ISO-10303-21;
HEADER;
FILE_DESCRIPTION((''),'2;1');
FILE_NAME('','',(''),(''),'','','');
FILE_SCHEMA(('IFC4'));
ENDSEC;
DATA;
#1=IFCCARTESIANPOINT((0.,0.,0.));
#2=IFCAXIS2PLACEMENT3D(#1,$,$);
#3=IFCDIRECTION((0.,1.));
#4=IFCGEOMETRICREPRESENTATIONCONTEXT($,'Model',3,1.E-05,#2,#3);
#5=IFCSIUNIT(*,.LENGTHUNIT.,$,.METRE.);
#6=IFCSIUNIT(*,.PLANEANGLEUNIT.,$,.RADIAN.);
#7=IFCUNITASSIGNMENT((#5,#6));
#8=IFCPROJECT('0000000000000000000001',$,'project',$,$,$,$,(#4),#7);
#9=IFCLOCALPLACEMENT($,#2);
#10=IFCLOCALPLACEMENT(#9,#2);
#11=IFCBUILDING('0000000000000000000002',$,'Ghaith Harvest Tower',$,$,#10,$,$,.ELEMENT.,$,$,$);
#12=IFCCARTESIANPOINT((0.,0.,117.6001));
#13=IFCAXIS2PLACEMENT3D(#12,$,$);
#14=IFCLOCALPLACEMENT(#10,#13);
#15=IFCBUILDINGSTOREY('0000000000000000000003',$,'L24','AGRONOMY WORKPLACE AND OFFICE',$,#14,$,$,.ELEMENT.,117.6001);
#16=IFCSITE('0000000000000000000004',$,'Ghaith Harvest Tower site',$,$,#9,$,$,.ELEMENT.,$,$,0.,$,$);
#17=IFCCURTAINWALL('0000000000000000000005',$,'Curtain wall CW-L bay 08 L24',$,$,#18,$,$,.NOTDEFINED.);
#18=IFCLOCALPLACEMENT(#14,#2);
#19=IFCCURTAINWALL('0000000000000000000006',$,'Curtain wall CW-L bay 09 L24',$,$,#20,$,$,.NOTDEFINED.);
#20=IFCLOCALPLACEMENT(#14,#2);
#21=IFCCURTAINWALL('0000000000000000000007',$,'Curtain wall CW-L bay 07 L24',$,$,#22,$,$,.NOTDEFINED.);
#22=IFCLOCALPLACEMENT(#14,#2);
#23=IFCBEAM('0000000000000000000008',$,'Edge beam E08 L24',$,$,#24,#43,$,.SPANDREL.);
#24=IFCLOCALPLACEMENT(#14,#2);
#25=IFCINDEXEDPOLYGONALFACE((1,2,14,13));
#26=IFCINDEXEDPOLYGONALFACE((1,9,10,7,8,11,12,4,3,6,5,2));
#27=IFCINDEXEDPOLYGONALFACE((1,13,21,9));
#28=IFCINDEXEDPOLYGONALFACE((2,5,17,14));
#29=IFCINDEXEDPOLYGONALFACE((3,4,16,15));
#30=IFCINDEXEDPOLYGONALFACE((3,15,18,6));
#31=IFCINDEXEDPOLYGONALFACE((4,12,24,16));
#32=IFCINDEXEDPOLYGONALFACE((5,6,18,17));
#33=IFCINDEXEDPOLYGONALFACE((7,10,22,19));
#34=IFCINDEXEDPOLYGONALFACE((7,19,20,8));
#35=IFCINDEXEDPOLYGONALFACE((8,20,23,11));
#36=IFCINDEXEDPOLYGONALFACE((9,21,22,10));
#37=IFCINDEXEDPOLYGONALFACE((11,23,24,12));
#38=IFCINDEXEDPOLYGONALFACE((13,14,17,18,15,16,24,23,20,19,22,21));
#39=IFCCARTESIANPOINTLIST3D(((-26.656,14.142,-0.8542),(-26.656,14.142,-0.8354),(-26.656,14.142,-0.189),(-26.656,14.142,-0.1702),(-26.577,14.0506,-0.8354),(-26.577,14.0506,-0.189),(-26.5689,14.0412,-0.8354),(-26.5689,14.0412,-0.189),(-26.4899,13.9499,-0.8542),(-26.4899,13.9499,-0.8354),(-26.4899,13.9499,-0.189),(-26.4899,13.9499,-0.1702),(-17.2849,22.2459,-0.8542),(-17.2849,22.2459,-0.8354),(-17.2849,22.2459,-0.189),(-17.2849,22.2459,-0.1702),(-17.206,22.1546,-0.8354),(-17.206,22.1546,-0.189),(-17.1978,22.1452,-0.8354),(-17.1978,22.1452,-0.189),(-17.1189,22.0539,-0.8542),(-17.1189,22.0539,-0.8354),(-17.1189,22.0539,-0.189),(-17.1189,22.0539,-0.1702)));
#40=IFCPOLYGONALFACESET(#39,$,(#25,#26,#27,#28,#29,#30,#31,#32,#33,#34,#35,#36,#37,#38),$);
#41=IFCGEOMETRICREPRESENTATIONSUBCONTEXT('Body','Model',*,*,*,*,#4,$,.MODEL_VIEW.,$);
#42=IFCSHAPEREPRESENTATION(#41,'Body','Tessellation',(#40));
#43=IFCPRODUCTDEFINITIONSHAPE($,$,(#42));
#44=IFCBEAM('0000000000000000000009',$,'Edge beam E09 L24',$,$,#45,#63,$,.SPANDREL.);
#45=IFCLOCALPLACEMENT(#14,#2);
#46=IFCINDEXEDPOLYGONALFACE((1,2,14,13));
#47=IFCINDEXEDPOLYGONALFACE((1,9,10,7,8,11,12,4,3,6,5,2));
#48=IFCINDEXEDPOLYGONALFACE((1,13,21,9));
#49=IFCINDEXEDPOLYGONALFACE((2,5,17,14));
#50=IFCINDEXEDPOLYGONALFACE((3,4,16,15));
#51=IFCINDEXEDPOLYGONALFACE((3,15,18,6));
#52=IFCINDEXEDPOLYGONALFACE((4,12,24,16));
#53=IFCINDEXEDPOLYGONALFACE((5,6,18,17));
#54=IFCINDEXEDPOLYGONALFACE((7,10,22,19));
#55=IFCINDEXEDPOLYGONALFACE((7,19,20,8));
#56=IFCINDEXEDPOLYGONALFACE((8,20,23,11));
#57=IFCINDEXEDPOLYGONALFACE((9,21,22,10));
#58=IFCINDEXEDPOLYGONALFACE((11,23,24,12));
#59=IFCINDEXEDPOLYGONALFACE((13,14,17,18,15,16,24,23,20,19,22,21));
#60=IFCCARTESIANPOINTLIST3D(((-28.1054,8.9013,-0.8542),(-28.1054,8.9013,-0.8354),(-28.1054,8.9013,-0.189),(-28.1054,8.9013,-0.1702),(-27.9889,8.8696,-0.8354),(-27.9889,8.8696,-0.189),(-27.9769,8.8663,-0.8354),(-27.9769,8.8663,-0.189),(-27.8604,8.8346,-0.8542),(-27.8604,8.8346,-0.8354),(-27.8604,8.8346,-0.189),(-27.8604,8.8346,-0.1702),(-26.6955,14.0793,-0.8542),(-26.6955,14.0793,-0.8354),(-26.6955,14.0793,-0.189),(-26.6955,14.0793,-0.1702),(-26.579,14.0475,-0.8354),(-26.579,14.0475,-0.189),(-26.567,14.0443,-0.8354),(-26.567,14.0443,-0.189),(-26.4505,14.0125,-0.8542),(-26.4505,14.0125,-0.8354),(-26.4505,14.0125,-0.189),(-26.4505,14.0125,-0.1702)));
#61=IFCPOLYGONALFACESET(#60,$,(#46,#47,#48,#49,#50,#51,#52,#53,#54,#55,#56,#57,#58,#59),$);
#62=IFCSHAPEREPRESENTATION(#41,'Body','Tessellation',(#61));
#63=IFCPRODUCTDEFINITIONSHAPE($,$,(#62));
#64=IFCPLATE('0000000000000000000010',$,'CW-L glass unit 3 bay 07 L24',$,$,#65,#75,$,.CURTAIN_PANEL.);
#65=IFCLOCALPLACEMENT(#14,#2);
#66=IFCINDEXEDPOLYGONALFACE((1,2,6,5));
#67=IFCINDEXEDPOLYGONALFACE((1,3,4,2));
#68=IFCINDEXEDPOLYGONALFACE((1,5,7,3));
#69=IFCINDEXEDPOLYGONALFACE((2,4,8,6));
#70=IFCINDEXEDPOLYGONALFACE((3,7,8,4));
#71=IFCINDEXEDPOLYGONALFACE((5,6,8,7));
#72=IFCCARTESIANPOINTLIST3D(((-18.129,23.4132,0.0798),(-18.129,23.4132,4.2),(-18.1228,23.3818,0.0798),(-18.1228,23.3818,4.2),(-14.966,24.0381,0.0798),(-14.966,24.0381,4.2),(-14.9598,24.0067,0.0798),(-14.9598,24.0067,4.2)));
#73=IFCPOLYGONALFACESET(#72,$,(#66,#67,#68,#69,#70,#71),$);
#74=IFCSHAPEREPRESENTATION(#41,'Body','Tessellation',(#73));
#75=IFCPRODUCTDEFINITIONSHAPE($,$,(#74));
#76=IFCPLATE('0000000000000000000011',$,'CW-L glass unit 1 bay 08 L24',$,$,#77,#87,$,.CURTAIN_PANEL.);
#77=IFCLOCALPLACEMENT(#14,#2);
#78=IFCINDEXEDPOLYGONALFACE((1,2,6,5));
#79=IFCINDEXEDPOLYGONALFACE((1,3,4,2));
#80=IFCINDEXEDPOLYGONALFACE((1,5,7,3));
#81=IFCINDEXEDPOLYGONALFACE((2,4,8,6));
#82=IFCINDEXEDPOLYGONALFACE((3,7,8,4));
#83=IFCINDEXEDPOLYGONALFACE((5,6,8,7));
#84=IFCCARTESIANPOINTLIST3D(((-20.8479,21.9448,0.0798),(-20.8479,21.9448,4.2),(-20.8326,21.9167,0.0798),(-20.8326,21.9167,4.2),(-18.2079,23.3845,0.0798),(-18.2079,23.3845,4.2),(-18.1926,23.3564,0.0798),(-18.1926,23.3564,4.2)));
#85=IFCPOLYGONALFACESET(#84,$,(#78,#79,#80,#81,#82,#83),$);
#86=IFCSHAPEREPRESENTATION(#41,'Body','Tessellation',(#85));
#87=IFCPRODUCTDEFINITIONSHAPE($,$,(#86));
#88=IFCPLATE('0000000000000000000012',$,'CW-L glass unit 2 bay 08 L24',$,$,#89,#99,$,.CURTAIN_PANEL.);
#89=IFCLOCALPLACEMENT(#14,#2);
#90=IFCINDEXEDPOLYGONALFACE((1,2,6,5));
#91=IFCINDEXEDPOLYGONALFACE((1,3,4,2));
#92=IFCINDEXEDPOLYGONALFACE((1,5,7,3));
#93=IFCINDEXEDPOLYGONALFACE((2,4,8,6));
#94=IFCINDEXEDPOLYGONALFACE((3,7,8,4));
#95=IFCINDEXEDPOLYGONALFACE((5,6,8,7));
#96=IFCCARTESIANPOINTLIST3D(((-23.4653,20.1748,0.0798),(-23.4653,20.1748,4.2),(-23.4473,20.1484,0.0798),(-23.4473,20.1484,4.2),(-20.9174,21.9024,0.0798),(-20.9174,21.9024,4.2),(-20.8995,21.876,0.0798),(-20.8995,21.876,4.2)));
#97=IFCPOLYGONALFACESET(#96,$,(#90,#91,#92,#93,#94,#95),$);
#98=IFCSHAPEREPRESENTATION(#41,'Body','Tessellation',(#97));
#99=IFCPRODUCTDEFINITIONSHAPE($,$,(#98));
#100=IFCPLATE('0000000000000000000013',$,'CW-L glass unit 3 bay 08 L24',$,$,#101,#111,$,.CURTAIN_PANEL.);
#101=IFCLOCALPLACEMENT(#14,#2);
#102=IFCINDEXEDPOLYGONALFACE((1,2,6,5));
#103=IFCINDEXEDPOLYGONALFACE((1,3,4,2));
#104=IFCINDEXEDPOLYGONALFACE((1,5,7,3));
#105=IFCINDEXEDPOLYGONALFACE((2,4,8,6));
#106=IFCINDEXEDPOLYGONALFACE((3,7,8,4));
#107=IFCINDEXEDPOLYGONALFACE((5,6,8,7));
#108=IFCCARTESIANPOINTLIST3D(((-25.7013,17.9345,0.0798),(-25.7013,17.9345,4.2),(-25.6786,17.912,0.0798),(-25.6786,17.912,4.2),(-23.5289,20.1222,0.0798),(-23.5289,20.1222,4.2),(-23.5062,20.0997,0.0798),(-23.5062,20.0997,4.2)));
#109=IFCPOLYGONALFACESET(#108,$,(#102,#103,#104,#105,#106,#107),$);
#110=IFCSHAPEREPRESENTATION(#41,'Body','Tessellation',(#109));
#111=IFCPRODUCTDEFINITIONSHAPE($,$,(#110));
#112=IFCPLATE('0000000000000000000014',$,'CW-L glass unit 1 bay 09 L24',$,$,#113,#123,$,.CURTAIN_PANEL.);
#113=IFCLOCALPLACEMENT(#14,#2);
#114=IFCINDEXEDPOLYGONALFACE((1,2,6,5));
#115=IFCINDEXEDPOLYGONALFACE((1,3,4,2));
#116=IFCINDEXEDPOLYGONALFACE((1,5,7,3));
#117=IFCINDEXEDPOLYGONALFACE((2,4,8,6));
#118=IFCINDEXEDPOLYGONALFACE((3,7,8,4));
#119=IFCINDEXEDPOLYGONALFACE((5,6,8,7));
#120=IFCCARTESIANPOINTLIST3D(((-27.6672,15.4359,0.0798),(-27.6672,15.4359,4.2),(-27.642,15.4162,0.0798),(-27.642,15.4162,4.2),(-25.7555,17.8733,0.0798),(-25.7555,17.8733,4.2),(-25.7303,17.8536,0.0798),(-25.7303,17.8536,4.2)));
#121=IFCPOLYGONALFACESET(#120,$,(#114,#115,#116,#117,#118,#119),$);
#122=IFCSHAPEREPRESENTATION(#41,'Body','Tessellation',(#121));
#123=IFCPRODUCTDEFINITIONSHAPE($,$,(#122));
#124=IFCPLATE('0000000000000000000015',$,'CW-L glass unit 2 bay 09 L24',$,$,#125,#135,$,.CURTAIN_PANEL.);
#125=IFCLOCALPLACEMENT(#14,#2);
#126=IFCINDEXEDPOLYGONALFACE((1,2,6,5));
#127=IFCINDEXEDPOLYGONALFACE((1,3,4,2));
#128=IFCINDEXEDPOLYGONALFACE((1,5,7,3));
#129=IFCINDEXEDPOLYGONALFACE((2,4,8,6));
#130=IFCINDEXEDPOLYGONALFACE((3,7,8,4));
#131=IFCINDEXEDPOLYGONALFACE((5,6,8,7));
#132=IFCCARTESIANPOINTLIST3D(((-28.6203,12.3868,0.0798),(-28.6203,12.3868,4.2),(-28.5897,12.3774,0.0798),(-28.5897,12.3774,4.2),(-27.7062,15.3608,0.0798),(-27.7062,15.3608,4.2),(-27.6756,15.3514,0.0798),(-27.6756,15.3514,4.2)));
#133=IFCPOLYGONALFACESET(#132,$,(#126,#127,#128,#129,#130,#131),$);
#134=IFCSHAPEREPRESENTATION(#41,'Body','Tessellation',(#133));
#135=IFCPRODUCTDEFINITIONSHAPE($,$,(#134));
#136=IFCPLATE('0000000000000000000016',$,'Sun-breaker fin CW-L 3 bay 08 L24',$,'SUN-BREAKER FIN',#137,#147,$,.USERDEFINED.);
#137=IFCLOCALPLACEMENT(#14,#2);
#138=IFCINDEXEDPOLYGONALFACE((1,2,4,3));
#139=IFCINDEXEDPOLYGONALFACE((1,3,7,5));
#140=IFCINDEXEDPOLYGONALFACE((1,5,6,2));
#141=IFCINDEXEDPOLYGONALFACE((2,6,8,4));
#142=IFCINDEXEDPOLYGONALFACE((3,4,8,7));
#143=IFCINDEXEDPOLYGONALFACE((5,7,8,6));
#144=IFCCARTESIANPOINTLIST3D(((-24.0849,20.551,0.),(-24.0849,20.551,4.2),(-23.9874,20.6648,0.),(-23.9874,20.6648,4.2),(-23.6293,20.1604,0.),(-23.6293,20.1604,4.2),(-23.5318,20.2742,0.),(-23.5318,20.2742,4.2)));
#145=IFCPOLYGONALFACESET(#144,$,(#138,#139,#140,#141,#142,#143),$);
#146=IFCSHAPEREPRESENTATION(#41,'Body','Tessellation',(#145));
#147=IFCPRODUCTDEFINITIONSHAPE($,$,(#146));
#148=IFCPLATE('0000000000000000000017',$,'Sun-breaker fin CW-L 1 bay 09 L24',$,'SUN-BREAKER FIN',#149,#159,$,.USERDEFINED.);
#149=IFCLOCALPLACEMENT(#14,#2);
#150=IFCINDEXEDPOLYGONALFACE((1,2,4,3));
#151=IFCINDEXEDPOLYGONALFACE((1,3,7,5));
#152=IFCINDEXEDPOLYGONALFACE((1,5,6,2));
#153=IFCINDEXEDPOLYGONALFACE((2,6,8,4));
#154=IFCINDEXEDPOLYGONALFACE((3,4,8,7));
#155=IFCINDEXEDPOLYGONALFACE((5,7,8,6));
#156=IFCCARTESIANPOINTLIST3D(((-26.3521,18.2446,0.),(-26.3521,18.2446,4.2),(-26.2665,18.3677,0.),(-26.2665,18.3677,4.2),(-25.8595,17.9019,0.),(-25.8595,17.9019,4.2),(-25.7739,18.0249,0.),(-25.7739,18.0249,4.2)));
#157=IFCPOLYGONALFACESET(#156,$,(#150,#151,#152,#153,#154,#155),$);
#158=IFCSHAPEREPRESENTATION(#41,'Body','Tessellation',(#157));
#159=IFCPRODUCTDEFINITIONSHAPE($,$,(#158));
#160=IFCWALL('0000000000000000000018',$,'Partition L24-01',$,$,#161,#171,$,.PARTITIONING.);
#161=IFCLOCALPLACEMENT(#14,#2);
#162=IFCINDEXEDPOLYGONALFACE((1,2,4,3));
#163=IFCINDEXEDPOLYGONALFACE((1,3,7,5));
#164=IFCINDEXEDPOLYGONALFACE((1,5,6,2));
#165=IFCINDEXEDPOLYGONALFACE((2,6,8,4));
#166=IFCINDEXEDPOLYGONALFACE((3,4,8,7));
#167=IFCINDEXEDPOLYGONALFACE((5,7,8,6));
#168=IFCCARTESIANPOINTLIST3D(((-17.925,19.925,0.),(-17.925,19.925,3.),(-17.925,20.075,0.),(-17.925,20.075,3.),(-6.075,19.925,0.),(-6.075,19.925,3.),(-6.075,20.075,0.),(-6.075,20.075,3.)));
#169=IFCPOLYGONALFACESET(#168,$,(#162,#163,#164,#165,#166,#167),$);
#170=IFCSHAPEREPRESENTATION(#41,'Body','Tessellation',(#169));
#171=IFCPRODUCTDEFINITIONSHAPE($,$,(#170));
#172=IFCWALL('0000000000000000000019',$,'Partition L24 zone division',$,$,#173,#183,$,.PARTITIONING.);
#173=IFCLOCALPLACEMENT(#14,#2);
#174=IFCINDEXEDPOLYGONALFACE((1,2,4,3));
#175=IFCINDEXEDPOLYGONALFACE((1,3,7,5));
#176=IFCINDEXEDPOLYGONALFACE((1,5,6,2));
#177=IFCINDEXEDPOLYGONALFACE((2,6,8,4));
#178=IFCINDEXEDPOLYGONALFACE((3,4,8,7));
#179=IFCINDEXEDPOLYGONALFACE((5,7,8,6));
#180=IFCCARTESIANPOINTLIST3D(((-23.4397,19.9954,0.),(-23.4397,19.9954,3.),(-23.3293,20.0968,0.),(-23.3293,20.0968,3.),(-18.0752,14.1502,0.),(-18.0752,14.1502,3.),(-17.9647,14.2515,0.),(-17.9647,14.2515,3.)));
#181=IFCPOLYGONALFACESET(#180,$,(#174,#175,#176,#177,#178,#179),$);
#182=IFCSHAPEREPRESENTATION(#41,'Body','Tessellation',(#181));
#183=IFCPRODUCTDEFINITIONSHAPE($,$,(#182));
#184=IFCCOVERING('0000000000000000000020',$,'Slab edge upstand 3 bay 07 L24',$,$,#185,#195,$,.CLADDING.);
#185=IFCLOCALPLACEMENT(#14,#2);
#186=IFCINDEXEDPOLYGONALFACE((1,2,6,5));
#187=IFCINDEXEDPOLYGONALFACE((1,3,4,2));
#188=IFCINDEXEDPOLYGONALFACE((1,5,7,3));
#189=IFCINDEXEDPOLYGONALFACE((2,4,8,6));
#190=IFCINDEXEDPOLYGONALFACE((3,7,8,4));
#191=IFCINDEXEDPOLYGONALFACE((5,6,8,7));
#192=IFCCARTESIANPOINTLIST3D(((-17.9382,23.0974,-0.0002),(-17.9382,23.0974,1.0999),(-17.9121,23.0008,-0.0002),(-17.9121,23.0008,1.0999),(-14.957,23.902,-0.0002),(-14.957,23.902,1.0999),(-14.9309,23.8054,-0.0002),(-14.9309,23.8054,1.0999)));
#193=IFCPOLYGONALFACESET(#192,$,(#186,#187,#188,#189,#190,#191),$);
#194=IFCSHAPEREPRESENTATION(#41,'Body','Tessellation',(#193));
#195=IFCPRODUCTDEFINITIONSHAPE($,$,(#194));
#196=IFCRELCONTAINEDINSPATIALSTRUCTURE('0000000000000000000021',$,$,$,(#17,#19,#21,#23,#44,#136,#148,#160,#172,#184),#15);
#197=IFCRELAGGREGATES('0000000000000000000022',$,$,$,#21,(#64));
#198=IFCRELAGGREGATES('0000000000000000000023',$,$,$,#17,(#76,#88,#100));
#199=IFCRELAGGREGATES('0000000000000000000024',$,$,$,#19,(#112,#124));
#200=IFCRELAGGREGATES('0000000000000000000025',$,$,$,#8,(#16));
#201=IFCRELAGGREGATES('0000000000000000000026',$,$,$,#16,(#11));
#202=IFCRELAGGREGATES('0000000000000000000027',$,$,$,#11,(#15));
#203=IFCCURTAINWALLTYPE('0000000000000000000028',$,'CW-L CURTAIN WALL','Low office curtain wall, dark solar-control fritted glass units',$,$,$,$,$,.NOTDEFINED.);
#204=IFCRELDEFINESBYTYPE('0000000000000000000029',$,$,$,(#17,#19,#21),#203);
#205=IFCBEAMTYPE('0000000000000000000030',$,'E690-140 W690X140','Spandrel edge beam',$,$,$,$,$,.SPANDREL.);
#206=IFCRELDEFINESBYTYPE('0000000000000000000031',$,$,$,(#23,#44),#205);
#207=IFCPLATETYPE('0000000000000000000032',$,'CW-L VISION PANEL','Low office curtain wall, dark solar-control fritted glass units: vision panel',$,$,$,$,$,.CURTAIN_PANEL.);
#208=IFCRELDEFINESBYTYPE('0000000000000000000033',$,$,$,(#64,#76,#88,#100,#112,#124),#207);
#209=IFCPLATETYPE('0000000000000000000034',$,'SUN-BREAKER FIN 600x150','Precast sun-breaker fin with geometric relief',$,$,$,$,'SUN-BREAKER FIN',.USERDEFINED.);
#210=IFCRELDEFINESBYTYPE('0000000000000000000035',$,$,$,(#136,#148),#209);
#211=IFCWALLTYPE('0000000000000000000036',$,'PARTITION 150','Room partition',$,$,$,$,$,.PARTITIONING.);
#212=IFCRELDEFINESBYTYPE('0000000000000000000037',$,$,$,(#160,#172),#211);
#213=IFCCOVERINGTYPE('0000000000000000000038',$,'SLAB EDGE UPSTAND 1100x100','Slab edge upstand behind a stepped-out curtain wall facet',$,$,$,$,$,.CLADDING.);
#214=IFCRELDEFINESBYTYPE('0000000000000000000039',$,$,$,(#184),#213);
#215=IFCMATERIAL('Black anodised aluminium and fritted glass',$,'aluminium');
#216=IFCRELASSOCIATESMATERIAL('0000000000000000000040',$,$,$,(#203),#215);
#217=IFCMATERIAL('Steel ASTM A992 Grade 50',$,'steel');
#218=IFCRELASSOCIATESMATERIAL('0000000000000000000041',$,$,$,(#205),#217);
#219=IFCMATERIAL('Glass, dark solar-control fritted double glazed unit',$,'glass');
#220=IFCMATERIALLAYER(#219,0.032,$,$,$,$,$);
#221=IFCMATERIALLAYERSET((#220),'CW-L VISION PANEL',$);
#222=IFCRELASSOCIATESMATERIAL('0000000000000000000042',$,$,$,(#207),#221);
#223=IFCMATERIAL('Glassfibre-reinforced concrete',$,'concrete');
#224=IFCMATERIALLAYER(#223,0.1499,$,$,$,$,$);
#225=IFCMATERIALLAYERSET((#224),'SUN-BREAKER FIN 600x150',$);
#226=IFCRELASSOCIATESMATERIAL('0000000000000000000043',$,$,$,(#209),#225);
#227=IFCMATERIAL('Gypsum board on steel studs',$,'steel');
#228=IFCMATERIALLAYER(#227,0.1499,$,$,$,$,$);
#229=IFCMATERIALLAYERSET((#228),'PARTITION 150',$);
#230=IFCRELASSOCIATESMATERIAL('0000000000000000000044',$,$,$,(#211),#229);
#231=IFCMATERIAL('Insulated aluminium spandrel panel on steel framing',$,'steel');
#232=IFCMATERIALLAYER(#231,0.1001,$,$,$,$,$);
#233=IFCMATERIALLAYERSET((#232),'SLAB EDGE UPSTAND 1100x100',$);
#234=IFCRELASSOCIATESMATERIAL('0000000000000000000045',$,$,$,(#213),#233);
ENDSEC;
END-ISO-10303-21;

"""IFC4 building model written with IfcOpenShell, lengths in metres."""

from ifc_helpers import new_model, si_unit, direction, frame, frame_2d, origin, origin_2d, place, context, subcontext, project, spatial, rectangle, i_section, extrude, material, layer, layer_set, material_profile, profile_set, type_object, element, aggregate, save


model = new_model("IFC4")

# Units and contexts
model_context = context("Model", 3, precision=1e-05, world=origin(), true_north=direction((0.0, 1.0)))
body_context = subcontext(model_context, "Body", "Model", "MODEL_VIEW")
ifc_project = project(units=[si_unit("LENGTHUNIT", "METRE"), si_unit("PLANEANGLEUNIT", "RADIAN")], contexts=[model_context])

# Site, building, storey
site_placement = place(None, origin())
site = spatial("IfcSite", under=ifc_project, at=site_placement, Name="Ghaith Harvest Tower site", CompositionType="ELEMENT", RefElevation=0.0)
building_placement = place(site_placement, origin())
building = spatial("IfcBuilding", under=site, at=building_placement, Name="Ghaith Harvest Tower", CompositionType="ELEMENT")
storey_placement = place(building_placement, frame((0.0, 0.0, 117.6001)))
storey = spatial("IfcBuildingStorey", under=building, at=storey_placement, Name="L24", Description="AGRONOMY WORKPLACE AND OFFICE", CompositionType="ELEMENT", Elevation=117.6001)

# Curtain walls
ifc_material_1 = material(Name="Black anodised aluminium and fritted glass", Category="aluminium")
curtain_wall_type = type_object("IfcCurtainWallType", Name="CW-L CURTAIN WALL", Description="Low office curtain wall, dark solar-control fritted glass units", PredefinedType="NOTDEFINED", material=ifc_material_1)
curtain_wall_1_placement = place(storey_placement, origin())
curtain_wall_1 = element("IfcCurtainWall", 1, at=curtain_wall_1_placement, inside=storey, type_object=curtain_wall_type, Name="Curtain wall CW-L bay 08 L24", PredefinedType="NOTDEFINED")
curtain_wall_2_placement = place(storey_placement, origin())
curtain_wall_2 = element("IfcCurtainWall", 2, at=curtain_wall_2_placement, inside=storey, type_object=curtain_wall_type, Name="Curtain wall CW-L bay 09 L24", PredefinedType="NOTDEFINED")

# Curtain wall
curtain_wall_3_placement = place(storey_placement, origin())
curtain_wall_3 = element("IfcCurtainWall", 3, at=curtain_wall_3_placement, inside=storey, type_object=curtain_wall_type, Name="Curtain wall CW-L bay 07 L24", PredefinedType="NOTDEFINED")

# Beams
ifc_material_2 = material(Name="Steel ASTM A992 Grade 50", Category="steel")
ifc_material_profile_1 = material_profile(ifc_material_2, i_section(OverallWidth=0.2539, OverallDepth=0.6841, WebThickness=0.0125, FlangeThickness=0.0188, at=origin_2d()), Name="W690X140")
ifc_profile_set_1 = profile_set([ifc_material_profile_1], Name="Steel ASTM A992 Grade 50")
beam_type = type_object("IfcBeamType", Name="E690-140 W690X140", Description="Spandrel edge beam", PredefinedType="SPANDREL", material=ifc_profile_set_1)
beam_1_placement = place(storey_placement, frame((-17.2019, 22.1499, -0.5122), z_axis=(-0.756392, -0.654118, 0.0), x_axis=(0.654118, -0.756392, 0.0)))
element("IfcBeam", 4, at=beam_1_placement, inside=storey, type_object=beam_type, Name="Edge beam E08 L24", PredefinedType="SPANDREL", context=body_context, shape_type="SweptSolid", body=[
    extrude(i_section(OverallWidth=0.2539, OverallDepth=0.6841, WebThickness=0.0125, FlangeThickness=0.0188, at=origin_2d()), origin(), (0.0, 0.0, 1.0), 12.3892),
])
beam_2_placement = place(storey_placement, frame((-26.573, 14.0459, -0.5122), z_axis=(-0.262725, -0.964871, 0.0), x_axis=(0.964871, -0.262725, 0.0)))
element("IfcBeam", 5, at=beam_2_placement, inside=storey, type_object=beam_type, Name="Edge beam E09 L24", PredefinedType="SPANDREL", context=body_context, shape_type="SweptSolid", body=[
    extrude(i_section(OverallWidth=0.2539, OverallDepth=0.6841, WebThickness=0.0125, FlangeThickness=0.0188, at=origin_2d()), origin(), (0.0, 0.0, 1.0), 5.3665),
])

# Plates
ifc_material_3 = material(Name="Glass, dark solar-control fritted double glazed unit", Category="glass")
ifc_layer_1 = layer(ifc_material_3, 0.032)
ifc_layer_set_1 = layer_set([ifc_layer_1], Name="CW-L VISION PANEL")
plate_type_1 = type_object("IfcPlateType", Name="CW-L VISION PANEL", Description="Low office curtain wall, dark solar-control fritted glass units: vision panel", PredefinedType="CURTAIN_PANEL", material=ifc_layer_set_1)
plate_1_placement = place(storey_placement, frame((-16.5444, 23.71, 0.0798), z_axis=(0.0, 0.0, 1.0), x_axis=(-0.981038, -0.193818, 0.0)))
plate_1 = element("IfcPlate", 6, at=plate_1_placement, type_object=plate_type_1, Name="CW-L glass unit 3 bay 07 L24", PredefinedType="CURTAIN_PANEL", context=body_context, shape_type="SweptSolid", body=[
    extrude(rectangle(XDim=3.2241, YDim=0.032, at=origin_2d()), origin(), (0.0, 0.0, 1.0), 4.1201),
])
aggregate(curtain_wall_3, [plate_1])
plate_2_placement = place(storey_placement, frame((-19.5203, 22.6506, 0.0798), z_axis=(0.0, 0.0, 1.0), x_axis=(-0.87794, -0.47877, 0.0)))
plate_2 = element("IfcPlate", 7, at=plate_2_placement, type_object=plate_type_1, Name="CW-L glass unit 1 bay 08 L24", PredefinedType="CURTAIN_PANEL", context=body_context, shape_type="SweptSolid", body=[
    extrude(rectangle(XDim=3.0071, YDim=0.032, at=origin_2d()), origin(), (0.0, 0.0, 1.0), 4.1201),
])
plate_3_placement = place(storey_placement, frame((-22.1824, 21.0254, 0.0798), z_axis=(0.0, 0.0, 1.0), x_axis=(-0.827675, -0.561208, 0.0)))
plate_3 = element("IfcPlate", 8, at=plate_3_placement, type_object=plate_type_1, Name="CW-L glass unit 2 bay 08 L24", PredefinedType="CURTAIN_PANEL", context=body_context, shape_type="SweptSolid", body=[
    extrude(rectangle(XDim=3.0784, YDim=0.032, at=origin_2d()), origin(), (0.0, 0.0, 1.0), 4.1201),
])
plate_4_placement = place(storey_placement, frame((-24.6038, 19.0171, 0.0798), z_axis=(0.0, 0.0, 1.0), x_axis=(-0.704614, -0.709591, 0.0)))
plate_4 = element("IfcPlate", 9, at=plate_4_placement, type_object=plate_type_1, Name="CW-L glass unit 3 bay 08 L24", PredefinedType="CURTAIN_PANEL", context=body_context, shape_type="SweptSolid", body=[
    extrude(rectangle(XDim=3.083, YDim=0.032, at=origin_2d()), origin(), (0.0, 0.0, 1.0), 4.1201),
])
aggregate(curtain_wall_1, [plate_2, plate_3, plate_4])
plate_5_placement = place(storey_placement, frame((-26.6987, 16.6448, 0.0798), z_axis=(0.0, 0.0, 1.0), x_axis=(-0.617141, -0.786853, 0.0)))
plate_5 = element("IfcPlate", 10, at=plate_5_placement, type_object=plate_type_1, Name="CW-L glass unit 1 bay 09 L24", PredefinedType="CURTAIN_PANEL", context=body_context, shape_type="SweptSolid", body=[
    extrude(rectangle(XDim=3.0977, YDim=0.032, at=origin_2d()), origin(), (0.0, 0.0, 1.0), 4.1201),
])
plate_6_placement = place(storey_placement, frame((-28.1479, 13.8691, 0.0798), z_axis=(0.0, 0.0, 1.0), x_axis=(-0.293803, -0.955866, 0.0)))
plate_6 = element("IfcPlate", 11, at=plate_6_placement, type_object=plate_type_1, Name="CW-L glass unit 2 bay 09 L24", PredefinedType="CURTAIN_PANEL", context=body_context, shape_type="SweptSolid", body=[
    extrude(rectangle(XDim=3.1113, YDim=0.032, at=origin_2d()), origin(), (0.0, 0.0, 1.0), 4.1201),
])
aggregate(curtain_wall_2, [plate_5, plate_6])

# Plates
ifc_material_4 = material(Name="Glassfibre-reinforced concrete", Category="concrete")
ifc_layer_2 = layer(ifc_material_4, 0.1499)
ifc_layer_set_2 = layer_set([ifc_layer_2], Name="SUN-BREAKER FIN 600x150")
plate_type_2 = type_object("IfcPlateType", Name="SUN-BREAKER FIN 600x150", Description="Precast sun-breaker fin with geometric relief", ElementType="SUN-BREAKER FIN", PredefinedType="USERDEFINED", material=ifc_layer_set_2)
for number, where, z_axis, x_axis, name in (
    (12, (-23.8083, 20.4126, 0.0), (0.0, 0.0, 1.0), (-0.75917, 0.650893, 0.0), "Sun-breaker fin CW-L 3 bay 08 L24"),
    (13, (-26.063, 18.1348, 0.0), (0.0, 0.0, 1.0), (-0.820845, 0.57115, 0.0), "Sun-breaker fin CW-L 1 bay 09 L24"),
):
    element("IfcPlate", number, at=place(storey_placement, frame(where, z_axis=z_axis, x_axis=x_axis)), inside=storey, type_object=plate_type_2, Name=name, ObjectType="SUN-BREAKER FIN", PredefinedType="USERDEFINED", context=body_context, shape_type="SweptSolid", body=[
        extrude(rectangle(XDim=0.6001, YDim=0.1499, at=origin_2d()), origin(), (0.0, 0.0, 1.0), 4.2),
    ])

# Walls
ifc_material_5 = material(Name="Gypsum board on steel studs", Category="steel")
ifc_layer_3 = layer(ifc_material_5, 0.1499)
ifc_layer_set_3 = layer_set([ifc_layer_3], Name="PARTITION 150")
wall_type = type_object("IfcWallType", Name="PARTITION 150", Description="Room partition", PredefinedType="PARTITIONING", material=ifc_layer_set_3)
wall_1_placement = place(storey_placement, frame((-17.925, 20.0, 0.0), z_axis=(0.0, 0.0, 1.0), x_axis=(1.0, 0.0, 0.0)))
element("IfcWall", 14, at=wall_1_placement, inside=storey, type_object=wall_type, Name="Partition L24-01", PredefinedType="PARTITIONING", context=body_context, shape_type="SweptSolid", body=[
    extrude(rectangle(XDim=11.8501, YDim=0.1499, at=frame_2d((5.925, 0.0))), origin(), (0.0, 0.0, 1.0), 3.0),
])
wall_2_placement = place(storey_placement, frame((-18.02, 14.2009, 0.0), z_axis=(0.0, 0.0, 1.0), x_axis=(-0.676162, 0.736753, 0.0)))
element("IfcWall", 15, at=wall_2_placement, inside=storey, type_object=wall_type, Name="Partition L24 zone division", PredefinedType="PARTITIONING", context=body_context, shape_type="SweptSolid", body=[
    extrude(rectangle(XDim=7.9338, YDim=0.1499, at=frame_2d((3.9668, 0.0))), origin(), (0.0, 0.0, 1.0), 3.0),
])

# Covering
ifc_material_6 = material(Name="Insulated aluminium spandrel panel on steel framing", Category="steel")
ifc_layer_4 = layer(ifc_material_6, 0.1001)
ifc_layer_set_4 = layer_set([ifc_layer_4], Name="SLAB EDGE UPSTAND 1100x100")
covering_type = type_object("IfcCoveringType", Name="SLAB EDGE UPSTAND 1100x100", Description="Slab edge upstand behind a stepped-out curtain wall facet", PredefinedType="CLADDING", material=ifc_layer_set_4)
covering_1_placement = place(storey_placement, frame((-16.4346, 23.4514, -0.0002), z_axis=(0.0, 0.0, 1.0), x_axis=(-0.965455, -0.26057, 0.0)))
element("IfcCovering", 16, at=covering_1_placement, inside=storey, type_object=covering_type, Name="Slab edge upstand 3 bay 07 L24", PredefinedType="CLADDING", context=body_context, shape_type="SweptSolid", body=[
    extrude(rectangle(XDim=3.0879, YDim=0.1001, at=origin_2d()), origin(), (0.0, 0.0, 1.0), 1.1001),
])

save(model, "model.ifc")
